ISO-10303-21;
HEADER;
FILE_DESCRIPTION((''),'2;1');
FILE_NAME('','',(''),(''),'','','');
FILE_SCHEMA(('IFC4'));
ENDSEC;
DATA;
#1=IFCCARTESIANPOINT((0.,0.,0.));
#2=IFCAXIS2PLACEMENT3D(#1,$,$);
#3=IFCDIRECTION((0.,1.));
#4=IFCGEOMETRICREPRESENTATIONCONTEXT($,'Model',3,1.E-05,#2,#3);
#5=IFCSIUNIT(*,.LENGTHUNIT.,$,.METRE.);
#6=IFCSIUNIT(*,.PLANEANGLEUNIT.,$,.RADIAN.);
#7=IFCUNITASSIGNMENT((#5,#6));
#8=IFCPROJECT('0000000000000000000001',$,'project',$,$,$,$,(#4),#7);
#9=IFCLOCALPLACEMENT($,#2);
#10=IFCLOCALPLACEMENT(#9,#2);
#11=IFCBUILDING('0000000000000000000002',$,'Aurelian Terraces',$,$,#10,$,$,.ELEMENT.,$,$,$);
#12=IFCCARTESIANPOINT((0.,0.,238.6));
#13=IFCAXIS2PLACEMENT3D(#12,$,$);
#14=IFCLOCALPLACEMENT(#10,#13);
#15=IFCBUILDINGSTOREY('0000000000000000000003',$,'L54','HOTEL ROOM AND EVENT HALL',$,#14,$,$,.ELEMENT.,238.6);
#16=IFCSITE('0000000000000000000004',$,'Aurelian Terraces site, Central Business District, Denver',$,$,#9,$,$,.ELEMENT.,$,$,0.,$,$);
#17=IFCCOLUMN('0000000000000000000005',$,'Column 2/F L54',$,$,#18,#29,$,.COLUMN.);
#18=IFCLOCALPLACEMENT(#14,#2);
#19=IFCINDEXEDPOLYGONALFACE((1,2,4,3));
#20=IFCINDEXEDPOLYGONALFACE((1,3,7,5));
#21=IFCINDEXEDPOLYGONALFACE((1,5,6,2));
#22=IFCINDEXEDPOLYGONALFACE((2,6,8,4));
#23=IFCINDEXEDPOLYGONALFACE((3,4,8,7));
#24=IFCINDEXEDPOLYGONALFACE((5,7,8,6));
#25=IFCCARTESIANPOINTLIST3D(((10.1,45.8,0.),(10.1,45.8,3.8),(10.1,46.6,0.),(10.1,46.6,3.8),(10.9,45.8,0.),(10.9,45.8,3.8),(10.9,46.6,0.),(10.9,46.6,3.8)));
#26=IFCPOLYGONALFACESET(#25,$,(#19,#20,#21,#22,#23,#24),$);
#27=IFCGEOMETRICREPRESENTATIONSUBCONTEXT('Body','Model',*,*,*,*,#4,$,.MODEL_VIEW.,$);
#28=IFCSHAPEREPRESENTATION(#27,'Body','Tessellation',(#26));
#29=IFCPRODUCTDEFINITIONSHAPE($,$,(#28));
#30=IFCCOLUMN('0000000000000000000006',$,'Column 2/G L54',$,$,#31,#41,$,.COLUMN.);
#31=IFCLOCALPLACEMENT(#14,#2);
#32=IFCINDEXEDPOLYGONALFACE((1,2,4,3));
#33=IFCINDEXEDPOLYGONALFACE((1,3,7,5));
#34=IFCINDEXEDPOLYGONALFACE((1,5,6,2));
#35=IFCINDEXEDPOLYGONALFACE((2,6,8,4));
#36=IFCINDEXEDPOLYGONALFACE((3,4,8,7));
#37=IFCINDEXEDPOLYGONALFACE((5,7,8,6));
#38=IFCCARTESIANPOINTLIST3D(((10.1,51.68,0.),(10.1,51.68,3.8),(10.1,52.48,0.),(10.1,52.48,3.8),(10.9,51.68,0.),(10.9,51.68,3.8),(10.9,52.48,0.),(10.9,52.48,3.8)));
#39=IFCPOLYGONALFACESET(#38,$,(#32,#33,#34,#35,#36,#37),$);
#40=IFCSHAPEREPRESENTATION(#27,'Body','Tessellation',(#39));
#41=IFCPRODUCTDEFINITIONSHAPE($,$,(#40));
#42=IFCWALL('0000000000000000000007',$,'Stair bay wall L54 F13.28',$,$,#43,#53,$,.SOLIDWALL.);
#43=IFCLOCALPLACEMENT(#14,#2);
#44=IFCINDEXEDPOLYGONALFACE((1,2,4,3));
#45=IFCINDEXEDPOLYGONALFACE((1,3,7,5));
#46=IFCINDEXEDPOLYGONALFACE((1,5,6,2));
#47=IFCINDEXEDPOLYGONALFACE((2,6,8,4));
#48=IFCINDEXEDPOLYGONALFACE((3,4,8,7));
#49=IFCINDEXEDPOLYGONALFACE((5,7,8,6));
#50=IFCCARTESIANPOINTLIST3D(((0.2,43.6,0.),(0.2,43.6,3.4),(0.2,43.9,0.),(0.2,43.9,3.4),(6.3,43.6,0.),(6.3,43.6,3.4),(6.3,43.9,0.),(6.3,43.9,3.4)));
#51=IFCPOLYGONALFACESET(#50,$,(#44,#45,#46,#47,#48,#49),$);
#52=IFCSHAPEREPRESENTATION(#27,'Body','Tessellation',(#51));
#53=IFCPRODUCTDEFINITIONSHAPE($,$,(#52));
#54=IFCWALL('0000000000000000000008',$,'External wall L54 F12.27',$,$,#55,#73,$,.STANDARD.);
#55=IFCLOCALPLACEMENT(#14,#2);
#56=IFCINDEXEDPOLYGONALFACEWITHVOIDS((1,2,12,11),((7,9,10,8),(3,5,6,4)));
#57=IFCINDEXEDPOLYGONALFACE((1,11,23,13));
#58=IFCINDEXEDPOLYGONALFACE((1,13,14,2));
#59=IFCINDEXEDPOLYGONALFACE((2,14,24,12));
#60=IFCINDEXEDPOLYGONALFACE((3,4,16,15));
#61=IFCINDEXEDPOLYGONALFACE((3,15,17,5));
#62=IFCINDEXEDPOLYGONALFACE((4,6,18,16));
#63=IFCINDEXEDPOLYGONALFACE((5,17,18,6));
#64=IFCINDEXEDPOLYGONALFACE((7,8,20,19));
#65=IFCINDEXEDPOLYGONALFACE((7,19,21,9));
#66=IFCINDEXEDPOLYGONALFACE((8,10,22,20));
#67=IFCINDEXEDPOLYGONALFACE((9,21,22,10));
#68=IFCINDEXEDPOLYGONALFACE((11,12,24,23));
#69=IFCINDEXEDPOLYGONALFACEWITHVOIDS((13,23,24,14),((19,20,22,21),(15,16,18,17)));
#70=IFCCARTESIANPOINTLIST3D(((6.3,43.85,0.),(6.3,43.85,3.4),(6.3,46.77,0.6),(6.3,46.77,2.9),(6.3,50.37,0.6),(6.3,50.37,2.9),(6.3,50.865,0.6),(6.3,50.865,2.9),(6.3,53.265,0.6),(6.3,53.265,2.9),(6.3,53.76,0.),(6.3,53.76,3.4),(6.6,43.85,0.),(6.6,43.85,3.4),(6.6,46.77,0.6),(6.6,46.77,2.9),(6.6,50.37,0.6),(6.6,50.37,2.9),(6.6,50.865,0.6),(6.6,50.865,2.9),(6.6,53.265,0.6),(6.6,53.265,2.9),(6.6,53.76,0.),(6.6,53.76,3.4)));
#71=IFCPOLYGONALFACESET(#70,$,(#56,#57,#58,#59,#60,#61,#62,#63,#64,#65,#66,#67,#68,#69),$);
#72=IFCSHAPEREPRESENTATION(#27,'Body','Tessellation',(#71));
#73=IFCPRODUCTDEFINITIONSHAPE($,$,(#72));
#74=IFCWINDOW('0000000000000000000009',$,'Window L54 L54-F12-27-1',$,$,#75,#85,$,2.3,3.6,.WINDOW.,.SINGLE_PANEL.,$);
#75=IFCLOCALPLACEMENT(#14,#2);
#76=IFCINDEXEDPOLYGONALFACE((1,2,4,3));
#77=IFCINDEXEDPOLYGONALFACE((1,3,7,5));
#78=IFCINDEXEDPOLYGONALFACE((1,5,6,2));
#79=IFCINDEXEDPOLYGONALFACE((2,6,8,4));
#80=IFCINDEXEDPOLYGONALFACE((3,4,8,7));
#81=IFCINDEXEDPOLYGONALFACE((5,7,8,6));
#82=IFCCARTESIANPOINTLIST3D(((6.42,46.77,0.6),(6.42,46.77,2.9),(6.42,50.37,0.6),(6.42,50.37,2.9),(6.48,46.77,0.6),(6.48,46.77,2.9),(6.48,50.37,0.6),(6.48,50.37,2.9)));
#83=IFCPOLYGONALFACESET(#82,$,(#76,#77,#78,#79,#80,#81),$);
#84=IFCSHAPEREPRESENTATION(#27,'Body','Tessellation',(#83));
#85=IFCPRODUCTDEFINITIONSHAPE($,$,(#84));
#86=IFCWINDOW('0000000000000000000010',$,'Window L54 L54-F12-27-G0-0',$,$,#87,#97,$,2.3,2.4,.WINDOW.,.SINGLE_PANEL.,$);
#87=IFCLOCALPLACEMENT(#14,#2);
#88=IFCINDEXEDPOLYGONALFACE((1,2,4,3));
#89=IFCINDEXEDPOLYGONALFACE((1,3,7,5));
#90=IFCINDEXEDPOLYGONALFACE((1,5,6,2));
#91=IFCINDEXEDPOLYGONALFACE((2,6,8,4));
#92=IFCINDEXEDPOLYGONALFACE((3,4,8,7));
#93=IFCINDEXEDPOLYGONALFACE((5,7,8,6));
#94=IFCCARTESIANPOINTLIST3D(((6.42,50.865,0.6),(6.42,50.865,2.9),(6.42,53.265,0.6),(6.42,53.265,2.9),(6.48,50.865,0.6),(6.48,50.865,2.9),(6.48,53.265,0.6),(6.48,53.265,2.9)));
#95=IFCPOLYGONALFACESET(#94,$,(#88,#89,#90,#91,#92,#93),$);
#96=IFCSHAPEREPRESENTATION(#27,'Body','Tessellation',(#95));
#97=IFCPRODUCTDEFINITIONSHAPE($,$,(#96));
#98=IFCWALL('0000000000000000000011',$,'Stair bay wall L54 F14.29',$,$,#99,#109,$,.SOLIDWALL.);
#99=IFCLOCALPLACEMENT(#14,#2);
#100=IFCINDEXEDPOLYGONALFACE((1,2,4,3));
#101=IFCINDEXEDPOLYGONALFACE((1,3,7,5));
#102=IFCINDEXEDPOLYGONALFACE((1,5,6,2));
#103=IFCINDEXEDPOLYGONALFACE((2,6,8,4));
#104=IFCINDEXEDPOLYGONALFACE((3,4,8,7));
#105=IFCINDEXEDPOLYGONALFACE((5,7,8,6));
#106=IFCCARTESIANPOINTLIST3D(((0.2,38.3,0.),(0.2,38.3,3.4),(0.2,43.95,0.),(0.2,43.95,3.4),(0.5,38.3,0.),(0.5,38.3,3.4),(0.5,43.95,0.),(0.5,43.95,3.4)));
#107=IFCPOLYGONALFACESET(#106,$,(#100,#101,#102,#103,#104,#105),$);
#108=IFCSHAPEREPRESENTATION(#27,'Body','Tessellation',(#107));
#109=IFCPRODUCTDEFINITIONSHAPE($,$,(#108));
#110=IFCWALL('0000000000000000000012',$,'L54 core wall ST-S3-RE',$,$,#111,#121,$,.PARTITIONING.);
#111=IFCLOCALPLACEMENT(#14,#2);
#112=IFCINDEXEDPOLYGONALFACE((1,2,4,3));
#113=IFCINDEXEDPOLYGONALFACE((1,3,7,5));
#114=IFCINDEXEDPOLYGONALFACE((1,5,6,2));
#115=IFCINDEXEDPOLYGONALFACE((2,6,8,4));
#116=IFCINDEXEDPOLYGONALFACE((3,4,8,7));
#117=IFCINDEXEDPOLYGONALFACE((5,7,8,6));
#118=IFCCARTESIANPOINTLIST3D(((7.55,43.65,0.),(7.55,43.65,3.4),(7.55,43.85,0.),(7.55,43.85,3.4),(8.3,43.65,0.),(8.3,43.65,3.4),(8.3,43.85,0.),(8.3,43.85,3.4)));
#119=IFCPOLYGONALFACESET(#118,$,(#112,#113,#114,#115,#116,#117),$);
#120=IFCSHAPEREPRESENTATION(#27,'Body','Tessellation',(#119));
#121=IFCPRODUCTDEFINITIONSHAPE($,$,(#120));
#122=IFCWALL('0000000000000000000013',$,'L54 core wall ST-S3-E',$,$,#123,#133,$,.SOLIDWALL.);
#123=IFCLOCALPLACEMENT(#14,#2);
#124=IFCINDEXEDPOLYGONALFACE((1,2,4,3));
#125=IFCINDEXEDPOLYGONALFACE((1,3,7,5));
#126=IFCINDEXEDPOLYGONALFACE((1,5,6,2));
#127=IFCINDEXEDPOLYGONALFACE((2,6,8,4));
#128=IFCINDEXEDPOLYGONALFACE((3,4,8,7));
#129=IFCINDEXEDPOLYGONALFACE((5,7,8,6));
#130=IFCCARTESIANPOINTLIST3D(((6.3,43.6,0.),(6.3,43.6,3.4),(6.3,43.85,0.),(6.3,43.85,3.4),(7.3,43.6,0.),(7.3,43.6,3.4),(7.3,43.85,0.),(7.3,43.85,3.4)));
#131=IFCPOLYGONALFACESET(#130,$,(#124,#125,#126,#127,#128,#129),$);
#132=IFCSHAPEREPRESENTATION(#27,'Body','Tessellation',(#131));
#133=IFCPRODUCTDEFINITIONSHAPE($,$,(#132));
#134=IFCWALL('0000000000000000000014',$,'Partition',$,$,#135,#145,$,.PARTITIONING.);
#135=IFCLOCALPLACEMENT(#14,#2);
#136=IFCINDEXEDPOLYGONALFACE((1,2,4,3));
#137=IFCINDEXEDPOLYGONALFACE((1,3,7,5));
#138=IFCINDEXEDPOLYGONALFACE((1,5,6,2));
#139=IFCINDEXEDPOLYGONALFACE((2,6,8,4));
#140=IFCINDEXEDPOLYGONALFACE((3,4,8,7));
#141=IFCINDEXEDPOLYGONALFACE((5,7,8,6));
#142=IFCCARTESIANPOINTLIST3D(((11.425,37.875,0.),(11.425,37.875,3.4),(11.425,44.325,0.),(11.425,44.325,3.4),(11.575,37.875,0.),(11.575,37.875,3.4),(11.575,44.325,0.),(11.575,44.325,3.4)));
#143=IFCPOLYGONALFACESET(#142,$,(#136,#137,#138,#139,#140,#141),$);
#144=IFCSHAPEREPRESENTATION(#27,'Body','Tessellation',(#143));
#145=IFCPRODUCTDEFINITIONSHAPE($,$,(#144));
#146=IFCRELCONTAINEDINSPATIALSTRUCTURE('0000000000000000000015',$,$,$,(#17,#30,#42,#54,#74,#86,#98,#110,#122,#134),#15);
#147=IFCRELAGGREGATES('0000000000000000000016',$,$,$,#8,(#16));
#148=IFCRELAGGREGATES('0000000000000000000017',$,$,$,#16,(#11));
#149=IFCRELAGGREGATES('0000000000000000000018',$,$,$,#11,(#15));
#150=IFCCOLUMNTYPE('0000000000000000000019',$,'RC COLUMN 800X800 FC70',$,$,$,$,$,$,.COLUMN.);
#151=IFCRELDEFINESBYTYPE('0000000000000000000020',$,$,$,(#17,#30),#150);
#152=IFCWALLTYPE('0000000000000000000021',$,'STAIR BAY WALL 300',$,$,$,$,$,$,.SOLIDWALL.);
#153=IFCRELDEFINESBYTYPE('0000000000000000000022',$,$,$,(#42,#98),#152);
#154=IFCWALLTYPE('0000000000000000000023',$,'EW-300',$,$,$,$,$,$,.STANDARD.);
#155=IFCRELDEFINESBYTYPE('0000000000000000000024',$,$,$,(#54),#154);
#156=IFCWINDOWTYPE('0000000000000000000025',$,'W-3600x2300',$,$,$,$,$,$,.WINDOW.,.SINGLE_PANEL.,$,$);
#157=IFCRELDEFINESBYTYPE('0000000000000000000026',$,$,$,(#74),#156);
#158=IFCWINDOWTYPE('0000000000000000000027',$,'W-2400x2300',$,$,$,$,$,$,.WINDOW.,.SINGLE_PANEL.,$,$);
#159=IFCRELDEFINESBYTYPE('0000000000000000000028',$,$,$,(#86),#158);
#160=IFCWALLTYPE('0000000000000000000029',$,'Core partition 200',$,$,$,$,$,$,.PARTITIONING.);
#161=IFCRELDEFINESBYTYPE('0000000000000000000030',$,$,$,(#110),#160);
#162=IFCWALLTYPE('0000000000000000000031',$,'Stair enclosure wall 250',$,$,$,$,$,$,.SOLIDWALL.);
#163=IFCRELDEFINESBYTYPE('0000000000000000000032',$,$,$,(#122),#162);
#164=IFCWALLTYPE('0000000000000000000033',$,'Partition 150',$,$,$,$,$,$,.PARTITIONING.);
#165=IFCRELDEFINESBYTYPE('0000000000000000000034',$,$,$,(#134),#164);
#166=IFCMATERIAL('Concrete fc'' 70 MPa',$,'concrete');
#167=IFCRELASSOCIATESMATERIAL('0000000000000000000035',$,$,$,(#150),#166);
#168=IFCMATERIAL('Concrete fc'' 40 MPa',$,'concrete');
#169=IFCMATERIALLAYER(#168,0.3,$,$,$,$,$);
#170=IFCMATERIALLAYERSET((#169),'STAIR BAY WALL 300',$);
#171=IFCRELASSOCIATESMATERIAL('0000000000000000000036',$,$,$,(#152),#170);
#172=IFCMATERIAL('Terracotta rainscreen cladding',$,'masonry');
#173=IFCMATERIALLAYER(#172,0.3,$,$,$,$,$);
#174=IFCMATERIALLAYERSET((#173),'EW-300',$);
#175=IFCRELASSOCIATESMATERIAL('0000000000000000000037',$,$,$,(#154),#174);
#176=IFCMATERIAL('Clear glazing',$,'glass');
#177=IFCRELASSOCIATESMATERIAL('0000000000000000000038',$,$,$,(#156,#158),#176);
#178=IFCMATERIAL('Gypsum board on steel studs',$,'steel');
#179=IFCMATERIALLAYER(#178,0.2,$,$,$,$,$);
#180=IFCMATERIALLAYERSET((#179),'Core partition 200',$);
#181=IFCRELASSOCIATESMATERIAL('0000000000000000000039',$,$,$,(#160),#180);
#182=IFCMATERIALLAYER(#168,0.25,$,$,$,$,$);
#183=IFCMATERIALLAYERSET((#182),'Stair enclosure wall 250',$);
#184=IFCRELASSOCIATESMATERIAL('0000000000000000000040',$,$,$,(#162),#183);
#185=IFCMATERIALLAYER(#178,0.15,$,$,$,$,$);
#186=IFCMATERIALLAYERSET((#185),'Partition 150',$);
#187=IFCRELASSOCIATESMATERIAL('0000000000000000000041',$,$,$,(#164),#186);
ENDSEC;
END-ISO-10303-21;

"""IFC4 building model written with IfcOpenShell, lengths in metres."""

from ifc_helpers import new_model, si_unit, direction, frame, frame_2d, origin, origin_2d, place, context, subcontext, project, spatial, rectangle, extrude, source, transform, mapped, material, layer, layer_set, material_profile, profile_set, type_object, element, fill, save


model = new_model("IFC4")

# Units and contexts
model_context = context("Model", 3, precision=1e-05, world=origin(), true_north=direction((0.0, 1.0)))
body_context = subcontext(model_context, "Body", "Model", "MODEL_VIEW")
ifc_project = project(units=[si_unit("LENGTHUNIT", "METRE"), si_unit("PLANEANGLEUNIT", "RADIAN")], contexts=[model_context])

# Site, building, storey
site_placement = place(None, origin())
site = spatial("IfcSite", under=ifc_project, at=site_placement, Name="Aurelian Terraces site, Central Business District, Denver", CompositionType="ELEMENT", RefElevation=0.0)
building_placement = place(site_placement, origin())
building = spatial("IfcBuilding", under=site, at=building_placement, Name="Aurelian Terraces", CompositionType="ELEMENT")
storey_placement = place(building_placement, frame((0.0, 0.0, 238.6)))
storey = spatial("IfcBuildingStorey", under=building, at=storey_placement, Name="L54", Description="HOTEL ROOM AND EVENT HALL", CompositionType="ELEMENT", Elevation=238.6)

# Columns
ifc_material_1 = material(Name="Concrete fc' 70 MPa", Category="concrete")
ifc_material_profile = material_profile(ifc_material_1, rectangle(XDim=0.8, YDim=0.8, at=origin_2d()))
ifc_profile_set = profile_set([ifc_material_profile], Name="Concrete fc' 70 MPa")
column_type = type_object("IfcColumnType", Name="RC COLUMN 800X800 FC70", PredefinedType="COLUMN", material=ifc_profile_set)
shared_shape_1 = source(origin(), body_context, "Body", "SweptSolid", [
    extrude(rectangle(XDim=0.8, YDim=0.8, at=origin_2d()), origin(), (0.0, 0.0, 1.0), 3.8),
])
for number, where, z_axis, x_axis, name in (
    (1, (10.5, 46.2, 0.0), (0.0, 0.0, 1.0), (1.0, 0.0, 0.0), "Column 2/F L54"),
    (2, (10.5, 52.08, 0.0), (0.0, 0.0, 1.0), (1.0, 0.0, 0.0), "Column 2/G L54"),
):
    element("IfcColumn", number, at=place(storey_placement, frame(where, z_axis=z_axis, x_axis=x_axis)), inside=storey, type_object=column_type, Name=name, PredefinedType="COLUMN", context=body_context, shape_type="MappedRepresentation", body=[
        mapped(shared_shape_1, transform((0.0, 0.0, 0.0), scale=1.0)),
    ])

# Wall
ifc_material_2 = material(Name="Concrete fc' 40 MPa", Category="concrete")
ifc_layer_1 = layer(ifc_material_2, 0.3)
ifc_layer_set_1 = layer_set([ifc_layer_1], Name="STAIR BAY WALL 300")
wall_type_1 = type_object("IfcWallType", Name="STAIR BAY WALL 300", PredefinedType="SOLIDWALL", material=ifc_layer_set_1)
shared_shape_2 = source(origin(), body_context, "Body", "SweptSolid", [
    extrude(rectangle(XDim=6.1, YDim=0.3, at=frame_2d((3.05, 0.0))), origin(), (0.0, 0.0, 1.0), 3.4),
])
wall_1_placement = place(storey_placement, frame((6.3, 43.75, 0.0), z_axis=(0.0, 0.0, 1.0), x_axis=(-1.0, 0.0, 0.0)))
element("IfcWall", 3, at=wall_1_placement, inside=storey, type_object=wall_type_1, Name="Stair bay wall L54 F13.28", PredefinedType="SOLIDWALL", context=body_context, shape_type="MappedRepresentation", body=[
    mapped(shared_shape_2, transform((0.0, 0.0, 0.0), scale=1.0)),
])

# Wall, openings, windows
ifc_material_3 = material(Name="Terracotta rainscreen cladding", Category="masonry")
ifc_layer_2 = layer(ifc_material_3, 0.3)
ifc_layer_set_2 = layer_set([ifc_layer_2], Name="EW-300")
wall_type_2 = type_object("IfcWallType", Name="EW-300", PredefinedType="STANDARD", material=ifc_layer_set_2)
shared_shape_3 = source(origin(), body_context, "Body", "SweptSolid", [
    extrude(rectangle(XDim=9.91, YDim=0.3, at=frame_2d((4.955, 0.0))), origin(), (0.0, 0.0, 1.0), 3.4),
])
wall_2_placement = place(storey_placement, frame((6.45, 53.76, 0.0), z_axis=(0.0, 0.0, 1.0), x_axis=(0.0, -1.0, 0.0)))
wall_2 = element("IfcWall", 4, at=wall_2_placement, inside=storey, type_object=wall_type_2, Name="External wall L54 F12.27", PredefinedType="STANDARD", context=body_context, shape_type="MappedRepresentation", body=[
    mapped(shared_shape_3, transform((0.0, 0.0, 0.0), scale=1.0)),
])
shared_shape_4 = source(origin(), body_context, "Body", "SweptSolid", [
    extrude(rectangle(XDim=3.6, YDim=2.3, at=frame_2d((1.8, 1.15))), frame((0.0, 0.16, 0.0), z_axis=(0.0, -1.0, 0.0), x_axis=(1.0, 0.0, 0.0)), (0.0, 0.0, 1.0), 0.32),
])
opening_1_placement = place(wall_2_placement, frame((3.39, 0.0, 0.6)))
opening_1 = element("IfcOpeningElement", 5, at=opening_1_placement, cuts=wall_2, PredefinedType="OPENING", context=body_context, shape_type="MappedRepresentation", body=[
    mapped(shared_shape_4, transform((0.0, 0.0, 0.0), scale=1.0)),
])
shared_shape_5 = source(origin(), body_context, "Body", "SweptSolid", [
    extrude(rectangle(XDim=2.4, YDim=2.3, at=frame_2d((1.2, 1.15))), frame((0.0, 0.16, 0.0), z_axis=(0.0, -1.0, 0.0), x_axis=(1.0, 0.0, 0.0)), (0.0, 0.0, 1.0), 0.32),
])
opening_2_placement = place(wall_2_placement, frame((0.495, 0.0, 0.6)))
opening_2 = element("IfcOpeningElement", 6, at=opening_2_placement, cuts=wall_2, PredefinedType="OPENING", context=body_context, shape_type="MappedRepresentation", body=[
    mapped(shared_shape_5, transform((0.0, 0.0, 0.0), scale=1.0)),
])
ifc_material_4 = material(Name="Clear glazing", Category="glass")
window_type_1 = type_object("IfcWindowType", Name="W-3600x2300", PartitioningType="SINGLE_PANEL", PredefinedType="WINDOW", material=ifc_material_4)
shared_shape_6 = source(origin(), body_context, "Body", "SweptSolid", [
    extrude(rectangle(XDim=3.6, YDim=2.3, at=frame_2d((1.8, 1.15))), frame((0.0, 0.03, 0.0), z_axis=(0.0, -1.0, 0.0), x_axis=(1.0, 0.0, 0.0)), (0.0, 0.0, 1.0), 0.06),
])
window_1_placement = place(opening_1_placement, origin())
window_1 = element("IfcWindow", 7, at=window_1_placement, inside=storey, type_object=window_type_1, Name="Window L54 L54-F12-27-1", OverallHeight=2.3, OverallWidth=3.6, PartitioningType="SINGLE_PANEL", PredefinedType="WINDOW", context=body_context, shape_type="MappedRepresentation", body=[
    mapped(shared_shape_6, transform((0.0, 0.0, 0.0), scale=1.0)),
])
fill(opening_1, window_1)
window_type_2 = type_object("IfcWindowType", Name="W-2400x2300", PartitioningType="SINGLE_PANEL", PredefinedType="WINDOW", material=ifc_material_4)
shared_shape_7 = source(origin(), body_context, "Body", "SweptSolid", [
    extrude(rectangle(XDim=2.4, YDim=2.3, at=frame_2d((1.2, 1.15))), frame((0.0, 0.03, 0.0), z_axis=(0.0, -1.0, 0.0), x_axis=(1.0, 0.0, 0.0)), (0.0, 0.0, 1.0), 0.06),
])
window_2_placement = place(opening_2_placement, origin())
window_2 = element("IfcWindow", 8, at=window_2_placement, inside=storey, type_object=window_type_2, Name="Window L54 L54-F12-27-G0-0", OverallHeight=2.3, OverallWidth=2.4, PartitioningType="SINGLE_PANEL", PredefinedType="WINDOW", context=body_context, shape_type="MappedRepresentation", body=[
    mapped(shared_shape_7, transform((0.0, 0.0, 0.0), scale=1.0)),
])
fill(opening_2, window_2)

# Walls
shared_shape_8 = source(origin(), body_context, "Body", "SweptSolid", [
    extrude(rectangle(XDim=5.65, YDim=0.3, at=frame_2d((2.825, 0.0))), origin(), (0.0, 0.0, 1.0), 3.4),
])
wall_3_placement = place(storey_placement, frame((0.35, 43.95, 0.0), z_axis=(0.0, 0.0, 1.0), x_axis=(0.0, -1.0, 0.0)))
element("IfcWall", 9, at=wall_3_placement, inside=storey, type_object=wall_type_1, Name="Stair bay wall L54 F14.29", PredefinedType="SOLIDWALL", context=body_context, shape_type="MappedRepresentation", body=[
    mapped(shared_shape_8, transform((0.0, 0.0, 0.0), scale=1.0)),
])
ifc_material_5 = material(Name="Gypsum board on steel studs", Category="steel")
ifc_layer_3 = layer(ifc_material_5, 0.2)
ifc_layer_set_3 = layer_set([ifc_layer_3], Name="Core partition 200")
wall_type_3 = type_object("IfcWallType", Name="Core partition 200", PredefinedType="PARTITIONING", material=ifc_layer_set_3)
shared_shape_9 = source(origin(), body_context, "Body", "SweptSolid", [
    extrude(rectangle(XDim=0.75, YDim=0.2, at=frame_2d((0.375, 0.0))), origin(), (0.0, 0.0, 1.0), 3.4),
])
wall_4_placement = place(storey_placement, frame((7.55, 43.75, 0.0), z_axis=(0.0, 0.0, 1.0), x_axis=(1.0, 0.0, 0.0)))
element("IfcWall", 10, at=wall_4_placement, inside=storey, type_object=wall_type_3, Name="L54 core wall ST-S3-RE", PredefinedType="PARTITIONING", context=body_context, shape_type="MappedRepresentation", body=[
    mapped(shared_shape_9, transform((0.0, 0.0, 0.0), scale=1.0)),
])
ifc_layer_4 = layer(ifc_material_2, 0.25)
ifc_layer_set_4 = layer_set([ifc_layer_4], Name="Stair enclosure wall 250")
wall_type_4 = type_object("IfcWallType", Name="Stair enclosure wall 250", PredefinedType="SOLIDWALL", material=ifc_layer_set_4)
shared_shape_10 = source(origin(), body_context, "Body", "SweptSolid", [
    extrude(rectangle(XDim=1.0, YDim=0.25, at=frame_2d((0.5, 0.0))), origin(), (0.0, 0.0, 1.0), 3.4),
])
wall_5_placement = place(storey_placement, frame((6.3, 43.725, 0.0), z_axis=(0.0, 0.0, 1.0), x_axis=(1.0, 0.0, 0.0)))
element("IfcWall", 11, at=wall_5_placement, inside=storey, type_object=wall_type_4, Name="L54 core wall ST-S3-E", PredefinedType="SOLIDWALL", context=body_context, shape_type="MappedRepresentation", body=[
    mapped(shared_shape_10, transform((0.0, 0.0, 0.0), scale=1.0)),
])
ifc_layer_5 = layer(ifc_material_5, 0.15)
ifc_layer_set_5 = layer_set([ifc_layer_5], Name="Partition 150")
wall_type_5 = type_object("IfcWallType", Name="Partition 150", PredefinedType="PARTITIONING", material=ifc_layer_set_5)
shared_shape_11 = source(origin(), body_context, "Body", "SweptSolid", [
    extrude(rectangle(XDim=6.45, YDim=0.15, at=frame_2d((3.225, 0.0))), origin(), (0.0, 0.0, 1.0), 3.4),
])
wall_6_placement = place(storey_placement, frame((11.5, 44.325, 0.0), z_axis=(0.0, 0.0, 1.0), x_axis=(0.0, -1.0, 0.0)))
element("IfcWall", 12, at=wall_6_placement, inside=storey, type_object=wall_type_5, Name="Partition", PredefinedType="PARTITIONING", context=body_context, shape_type="MappedRepresentation", body=[
    mapped(shared_shape_11, transform((0.0, 0.0, 0.0), scale=1.0)),
])

save(model, "model.ifc")
